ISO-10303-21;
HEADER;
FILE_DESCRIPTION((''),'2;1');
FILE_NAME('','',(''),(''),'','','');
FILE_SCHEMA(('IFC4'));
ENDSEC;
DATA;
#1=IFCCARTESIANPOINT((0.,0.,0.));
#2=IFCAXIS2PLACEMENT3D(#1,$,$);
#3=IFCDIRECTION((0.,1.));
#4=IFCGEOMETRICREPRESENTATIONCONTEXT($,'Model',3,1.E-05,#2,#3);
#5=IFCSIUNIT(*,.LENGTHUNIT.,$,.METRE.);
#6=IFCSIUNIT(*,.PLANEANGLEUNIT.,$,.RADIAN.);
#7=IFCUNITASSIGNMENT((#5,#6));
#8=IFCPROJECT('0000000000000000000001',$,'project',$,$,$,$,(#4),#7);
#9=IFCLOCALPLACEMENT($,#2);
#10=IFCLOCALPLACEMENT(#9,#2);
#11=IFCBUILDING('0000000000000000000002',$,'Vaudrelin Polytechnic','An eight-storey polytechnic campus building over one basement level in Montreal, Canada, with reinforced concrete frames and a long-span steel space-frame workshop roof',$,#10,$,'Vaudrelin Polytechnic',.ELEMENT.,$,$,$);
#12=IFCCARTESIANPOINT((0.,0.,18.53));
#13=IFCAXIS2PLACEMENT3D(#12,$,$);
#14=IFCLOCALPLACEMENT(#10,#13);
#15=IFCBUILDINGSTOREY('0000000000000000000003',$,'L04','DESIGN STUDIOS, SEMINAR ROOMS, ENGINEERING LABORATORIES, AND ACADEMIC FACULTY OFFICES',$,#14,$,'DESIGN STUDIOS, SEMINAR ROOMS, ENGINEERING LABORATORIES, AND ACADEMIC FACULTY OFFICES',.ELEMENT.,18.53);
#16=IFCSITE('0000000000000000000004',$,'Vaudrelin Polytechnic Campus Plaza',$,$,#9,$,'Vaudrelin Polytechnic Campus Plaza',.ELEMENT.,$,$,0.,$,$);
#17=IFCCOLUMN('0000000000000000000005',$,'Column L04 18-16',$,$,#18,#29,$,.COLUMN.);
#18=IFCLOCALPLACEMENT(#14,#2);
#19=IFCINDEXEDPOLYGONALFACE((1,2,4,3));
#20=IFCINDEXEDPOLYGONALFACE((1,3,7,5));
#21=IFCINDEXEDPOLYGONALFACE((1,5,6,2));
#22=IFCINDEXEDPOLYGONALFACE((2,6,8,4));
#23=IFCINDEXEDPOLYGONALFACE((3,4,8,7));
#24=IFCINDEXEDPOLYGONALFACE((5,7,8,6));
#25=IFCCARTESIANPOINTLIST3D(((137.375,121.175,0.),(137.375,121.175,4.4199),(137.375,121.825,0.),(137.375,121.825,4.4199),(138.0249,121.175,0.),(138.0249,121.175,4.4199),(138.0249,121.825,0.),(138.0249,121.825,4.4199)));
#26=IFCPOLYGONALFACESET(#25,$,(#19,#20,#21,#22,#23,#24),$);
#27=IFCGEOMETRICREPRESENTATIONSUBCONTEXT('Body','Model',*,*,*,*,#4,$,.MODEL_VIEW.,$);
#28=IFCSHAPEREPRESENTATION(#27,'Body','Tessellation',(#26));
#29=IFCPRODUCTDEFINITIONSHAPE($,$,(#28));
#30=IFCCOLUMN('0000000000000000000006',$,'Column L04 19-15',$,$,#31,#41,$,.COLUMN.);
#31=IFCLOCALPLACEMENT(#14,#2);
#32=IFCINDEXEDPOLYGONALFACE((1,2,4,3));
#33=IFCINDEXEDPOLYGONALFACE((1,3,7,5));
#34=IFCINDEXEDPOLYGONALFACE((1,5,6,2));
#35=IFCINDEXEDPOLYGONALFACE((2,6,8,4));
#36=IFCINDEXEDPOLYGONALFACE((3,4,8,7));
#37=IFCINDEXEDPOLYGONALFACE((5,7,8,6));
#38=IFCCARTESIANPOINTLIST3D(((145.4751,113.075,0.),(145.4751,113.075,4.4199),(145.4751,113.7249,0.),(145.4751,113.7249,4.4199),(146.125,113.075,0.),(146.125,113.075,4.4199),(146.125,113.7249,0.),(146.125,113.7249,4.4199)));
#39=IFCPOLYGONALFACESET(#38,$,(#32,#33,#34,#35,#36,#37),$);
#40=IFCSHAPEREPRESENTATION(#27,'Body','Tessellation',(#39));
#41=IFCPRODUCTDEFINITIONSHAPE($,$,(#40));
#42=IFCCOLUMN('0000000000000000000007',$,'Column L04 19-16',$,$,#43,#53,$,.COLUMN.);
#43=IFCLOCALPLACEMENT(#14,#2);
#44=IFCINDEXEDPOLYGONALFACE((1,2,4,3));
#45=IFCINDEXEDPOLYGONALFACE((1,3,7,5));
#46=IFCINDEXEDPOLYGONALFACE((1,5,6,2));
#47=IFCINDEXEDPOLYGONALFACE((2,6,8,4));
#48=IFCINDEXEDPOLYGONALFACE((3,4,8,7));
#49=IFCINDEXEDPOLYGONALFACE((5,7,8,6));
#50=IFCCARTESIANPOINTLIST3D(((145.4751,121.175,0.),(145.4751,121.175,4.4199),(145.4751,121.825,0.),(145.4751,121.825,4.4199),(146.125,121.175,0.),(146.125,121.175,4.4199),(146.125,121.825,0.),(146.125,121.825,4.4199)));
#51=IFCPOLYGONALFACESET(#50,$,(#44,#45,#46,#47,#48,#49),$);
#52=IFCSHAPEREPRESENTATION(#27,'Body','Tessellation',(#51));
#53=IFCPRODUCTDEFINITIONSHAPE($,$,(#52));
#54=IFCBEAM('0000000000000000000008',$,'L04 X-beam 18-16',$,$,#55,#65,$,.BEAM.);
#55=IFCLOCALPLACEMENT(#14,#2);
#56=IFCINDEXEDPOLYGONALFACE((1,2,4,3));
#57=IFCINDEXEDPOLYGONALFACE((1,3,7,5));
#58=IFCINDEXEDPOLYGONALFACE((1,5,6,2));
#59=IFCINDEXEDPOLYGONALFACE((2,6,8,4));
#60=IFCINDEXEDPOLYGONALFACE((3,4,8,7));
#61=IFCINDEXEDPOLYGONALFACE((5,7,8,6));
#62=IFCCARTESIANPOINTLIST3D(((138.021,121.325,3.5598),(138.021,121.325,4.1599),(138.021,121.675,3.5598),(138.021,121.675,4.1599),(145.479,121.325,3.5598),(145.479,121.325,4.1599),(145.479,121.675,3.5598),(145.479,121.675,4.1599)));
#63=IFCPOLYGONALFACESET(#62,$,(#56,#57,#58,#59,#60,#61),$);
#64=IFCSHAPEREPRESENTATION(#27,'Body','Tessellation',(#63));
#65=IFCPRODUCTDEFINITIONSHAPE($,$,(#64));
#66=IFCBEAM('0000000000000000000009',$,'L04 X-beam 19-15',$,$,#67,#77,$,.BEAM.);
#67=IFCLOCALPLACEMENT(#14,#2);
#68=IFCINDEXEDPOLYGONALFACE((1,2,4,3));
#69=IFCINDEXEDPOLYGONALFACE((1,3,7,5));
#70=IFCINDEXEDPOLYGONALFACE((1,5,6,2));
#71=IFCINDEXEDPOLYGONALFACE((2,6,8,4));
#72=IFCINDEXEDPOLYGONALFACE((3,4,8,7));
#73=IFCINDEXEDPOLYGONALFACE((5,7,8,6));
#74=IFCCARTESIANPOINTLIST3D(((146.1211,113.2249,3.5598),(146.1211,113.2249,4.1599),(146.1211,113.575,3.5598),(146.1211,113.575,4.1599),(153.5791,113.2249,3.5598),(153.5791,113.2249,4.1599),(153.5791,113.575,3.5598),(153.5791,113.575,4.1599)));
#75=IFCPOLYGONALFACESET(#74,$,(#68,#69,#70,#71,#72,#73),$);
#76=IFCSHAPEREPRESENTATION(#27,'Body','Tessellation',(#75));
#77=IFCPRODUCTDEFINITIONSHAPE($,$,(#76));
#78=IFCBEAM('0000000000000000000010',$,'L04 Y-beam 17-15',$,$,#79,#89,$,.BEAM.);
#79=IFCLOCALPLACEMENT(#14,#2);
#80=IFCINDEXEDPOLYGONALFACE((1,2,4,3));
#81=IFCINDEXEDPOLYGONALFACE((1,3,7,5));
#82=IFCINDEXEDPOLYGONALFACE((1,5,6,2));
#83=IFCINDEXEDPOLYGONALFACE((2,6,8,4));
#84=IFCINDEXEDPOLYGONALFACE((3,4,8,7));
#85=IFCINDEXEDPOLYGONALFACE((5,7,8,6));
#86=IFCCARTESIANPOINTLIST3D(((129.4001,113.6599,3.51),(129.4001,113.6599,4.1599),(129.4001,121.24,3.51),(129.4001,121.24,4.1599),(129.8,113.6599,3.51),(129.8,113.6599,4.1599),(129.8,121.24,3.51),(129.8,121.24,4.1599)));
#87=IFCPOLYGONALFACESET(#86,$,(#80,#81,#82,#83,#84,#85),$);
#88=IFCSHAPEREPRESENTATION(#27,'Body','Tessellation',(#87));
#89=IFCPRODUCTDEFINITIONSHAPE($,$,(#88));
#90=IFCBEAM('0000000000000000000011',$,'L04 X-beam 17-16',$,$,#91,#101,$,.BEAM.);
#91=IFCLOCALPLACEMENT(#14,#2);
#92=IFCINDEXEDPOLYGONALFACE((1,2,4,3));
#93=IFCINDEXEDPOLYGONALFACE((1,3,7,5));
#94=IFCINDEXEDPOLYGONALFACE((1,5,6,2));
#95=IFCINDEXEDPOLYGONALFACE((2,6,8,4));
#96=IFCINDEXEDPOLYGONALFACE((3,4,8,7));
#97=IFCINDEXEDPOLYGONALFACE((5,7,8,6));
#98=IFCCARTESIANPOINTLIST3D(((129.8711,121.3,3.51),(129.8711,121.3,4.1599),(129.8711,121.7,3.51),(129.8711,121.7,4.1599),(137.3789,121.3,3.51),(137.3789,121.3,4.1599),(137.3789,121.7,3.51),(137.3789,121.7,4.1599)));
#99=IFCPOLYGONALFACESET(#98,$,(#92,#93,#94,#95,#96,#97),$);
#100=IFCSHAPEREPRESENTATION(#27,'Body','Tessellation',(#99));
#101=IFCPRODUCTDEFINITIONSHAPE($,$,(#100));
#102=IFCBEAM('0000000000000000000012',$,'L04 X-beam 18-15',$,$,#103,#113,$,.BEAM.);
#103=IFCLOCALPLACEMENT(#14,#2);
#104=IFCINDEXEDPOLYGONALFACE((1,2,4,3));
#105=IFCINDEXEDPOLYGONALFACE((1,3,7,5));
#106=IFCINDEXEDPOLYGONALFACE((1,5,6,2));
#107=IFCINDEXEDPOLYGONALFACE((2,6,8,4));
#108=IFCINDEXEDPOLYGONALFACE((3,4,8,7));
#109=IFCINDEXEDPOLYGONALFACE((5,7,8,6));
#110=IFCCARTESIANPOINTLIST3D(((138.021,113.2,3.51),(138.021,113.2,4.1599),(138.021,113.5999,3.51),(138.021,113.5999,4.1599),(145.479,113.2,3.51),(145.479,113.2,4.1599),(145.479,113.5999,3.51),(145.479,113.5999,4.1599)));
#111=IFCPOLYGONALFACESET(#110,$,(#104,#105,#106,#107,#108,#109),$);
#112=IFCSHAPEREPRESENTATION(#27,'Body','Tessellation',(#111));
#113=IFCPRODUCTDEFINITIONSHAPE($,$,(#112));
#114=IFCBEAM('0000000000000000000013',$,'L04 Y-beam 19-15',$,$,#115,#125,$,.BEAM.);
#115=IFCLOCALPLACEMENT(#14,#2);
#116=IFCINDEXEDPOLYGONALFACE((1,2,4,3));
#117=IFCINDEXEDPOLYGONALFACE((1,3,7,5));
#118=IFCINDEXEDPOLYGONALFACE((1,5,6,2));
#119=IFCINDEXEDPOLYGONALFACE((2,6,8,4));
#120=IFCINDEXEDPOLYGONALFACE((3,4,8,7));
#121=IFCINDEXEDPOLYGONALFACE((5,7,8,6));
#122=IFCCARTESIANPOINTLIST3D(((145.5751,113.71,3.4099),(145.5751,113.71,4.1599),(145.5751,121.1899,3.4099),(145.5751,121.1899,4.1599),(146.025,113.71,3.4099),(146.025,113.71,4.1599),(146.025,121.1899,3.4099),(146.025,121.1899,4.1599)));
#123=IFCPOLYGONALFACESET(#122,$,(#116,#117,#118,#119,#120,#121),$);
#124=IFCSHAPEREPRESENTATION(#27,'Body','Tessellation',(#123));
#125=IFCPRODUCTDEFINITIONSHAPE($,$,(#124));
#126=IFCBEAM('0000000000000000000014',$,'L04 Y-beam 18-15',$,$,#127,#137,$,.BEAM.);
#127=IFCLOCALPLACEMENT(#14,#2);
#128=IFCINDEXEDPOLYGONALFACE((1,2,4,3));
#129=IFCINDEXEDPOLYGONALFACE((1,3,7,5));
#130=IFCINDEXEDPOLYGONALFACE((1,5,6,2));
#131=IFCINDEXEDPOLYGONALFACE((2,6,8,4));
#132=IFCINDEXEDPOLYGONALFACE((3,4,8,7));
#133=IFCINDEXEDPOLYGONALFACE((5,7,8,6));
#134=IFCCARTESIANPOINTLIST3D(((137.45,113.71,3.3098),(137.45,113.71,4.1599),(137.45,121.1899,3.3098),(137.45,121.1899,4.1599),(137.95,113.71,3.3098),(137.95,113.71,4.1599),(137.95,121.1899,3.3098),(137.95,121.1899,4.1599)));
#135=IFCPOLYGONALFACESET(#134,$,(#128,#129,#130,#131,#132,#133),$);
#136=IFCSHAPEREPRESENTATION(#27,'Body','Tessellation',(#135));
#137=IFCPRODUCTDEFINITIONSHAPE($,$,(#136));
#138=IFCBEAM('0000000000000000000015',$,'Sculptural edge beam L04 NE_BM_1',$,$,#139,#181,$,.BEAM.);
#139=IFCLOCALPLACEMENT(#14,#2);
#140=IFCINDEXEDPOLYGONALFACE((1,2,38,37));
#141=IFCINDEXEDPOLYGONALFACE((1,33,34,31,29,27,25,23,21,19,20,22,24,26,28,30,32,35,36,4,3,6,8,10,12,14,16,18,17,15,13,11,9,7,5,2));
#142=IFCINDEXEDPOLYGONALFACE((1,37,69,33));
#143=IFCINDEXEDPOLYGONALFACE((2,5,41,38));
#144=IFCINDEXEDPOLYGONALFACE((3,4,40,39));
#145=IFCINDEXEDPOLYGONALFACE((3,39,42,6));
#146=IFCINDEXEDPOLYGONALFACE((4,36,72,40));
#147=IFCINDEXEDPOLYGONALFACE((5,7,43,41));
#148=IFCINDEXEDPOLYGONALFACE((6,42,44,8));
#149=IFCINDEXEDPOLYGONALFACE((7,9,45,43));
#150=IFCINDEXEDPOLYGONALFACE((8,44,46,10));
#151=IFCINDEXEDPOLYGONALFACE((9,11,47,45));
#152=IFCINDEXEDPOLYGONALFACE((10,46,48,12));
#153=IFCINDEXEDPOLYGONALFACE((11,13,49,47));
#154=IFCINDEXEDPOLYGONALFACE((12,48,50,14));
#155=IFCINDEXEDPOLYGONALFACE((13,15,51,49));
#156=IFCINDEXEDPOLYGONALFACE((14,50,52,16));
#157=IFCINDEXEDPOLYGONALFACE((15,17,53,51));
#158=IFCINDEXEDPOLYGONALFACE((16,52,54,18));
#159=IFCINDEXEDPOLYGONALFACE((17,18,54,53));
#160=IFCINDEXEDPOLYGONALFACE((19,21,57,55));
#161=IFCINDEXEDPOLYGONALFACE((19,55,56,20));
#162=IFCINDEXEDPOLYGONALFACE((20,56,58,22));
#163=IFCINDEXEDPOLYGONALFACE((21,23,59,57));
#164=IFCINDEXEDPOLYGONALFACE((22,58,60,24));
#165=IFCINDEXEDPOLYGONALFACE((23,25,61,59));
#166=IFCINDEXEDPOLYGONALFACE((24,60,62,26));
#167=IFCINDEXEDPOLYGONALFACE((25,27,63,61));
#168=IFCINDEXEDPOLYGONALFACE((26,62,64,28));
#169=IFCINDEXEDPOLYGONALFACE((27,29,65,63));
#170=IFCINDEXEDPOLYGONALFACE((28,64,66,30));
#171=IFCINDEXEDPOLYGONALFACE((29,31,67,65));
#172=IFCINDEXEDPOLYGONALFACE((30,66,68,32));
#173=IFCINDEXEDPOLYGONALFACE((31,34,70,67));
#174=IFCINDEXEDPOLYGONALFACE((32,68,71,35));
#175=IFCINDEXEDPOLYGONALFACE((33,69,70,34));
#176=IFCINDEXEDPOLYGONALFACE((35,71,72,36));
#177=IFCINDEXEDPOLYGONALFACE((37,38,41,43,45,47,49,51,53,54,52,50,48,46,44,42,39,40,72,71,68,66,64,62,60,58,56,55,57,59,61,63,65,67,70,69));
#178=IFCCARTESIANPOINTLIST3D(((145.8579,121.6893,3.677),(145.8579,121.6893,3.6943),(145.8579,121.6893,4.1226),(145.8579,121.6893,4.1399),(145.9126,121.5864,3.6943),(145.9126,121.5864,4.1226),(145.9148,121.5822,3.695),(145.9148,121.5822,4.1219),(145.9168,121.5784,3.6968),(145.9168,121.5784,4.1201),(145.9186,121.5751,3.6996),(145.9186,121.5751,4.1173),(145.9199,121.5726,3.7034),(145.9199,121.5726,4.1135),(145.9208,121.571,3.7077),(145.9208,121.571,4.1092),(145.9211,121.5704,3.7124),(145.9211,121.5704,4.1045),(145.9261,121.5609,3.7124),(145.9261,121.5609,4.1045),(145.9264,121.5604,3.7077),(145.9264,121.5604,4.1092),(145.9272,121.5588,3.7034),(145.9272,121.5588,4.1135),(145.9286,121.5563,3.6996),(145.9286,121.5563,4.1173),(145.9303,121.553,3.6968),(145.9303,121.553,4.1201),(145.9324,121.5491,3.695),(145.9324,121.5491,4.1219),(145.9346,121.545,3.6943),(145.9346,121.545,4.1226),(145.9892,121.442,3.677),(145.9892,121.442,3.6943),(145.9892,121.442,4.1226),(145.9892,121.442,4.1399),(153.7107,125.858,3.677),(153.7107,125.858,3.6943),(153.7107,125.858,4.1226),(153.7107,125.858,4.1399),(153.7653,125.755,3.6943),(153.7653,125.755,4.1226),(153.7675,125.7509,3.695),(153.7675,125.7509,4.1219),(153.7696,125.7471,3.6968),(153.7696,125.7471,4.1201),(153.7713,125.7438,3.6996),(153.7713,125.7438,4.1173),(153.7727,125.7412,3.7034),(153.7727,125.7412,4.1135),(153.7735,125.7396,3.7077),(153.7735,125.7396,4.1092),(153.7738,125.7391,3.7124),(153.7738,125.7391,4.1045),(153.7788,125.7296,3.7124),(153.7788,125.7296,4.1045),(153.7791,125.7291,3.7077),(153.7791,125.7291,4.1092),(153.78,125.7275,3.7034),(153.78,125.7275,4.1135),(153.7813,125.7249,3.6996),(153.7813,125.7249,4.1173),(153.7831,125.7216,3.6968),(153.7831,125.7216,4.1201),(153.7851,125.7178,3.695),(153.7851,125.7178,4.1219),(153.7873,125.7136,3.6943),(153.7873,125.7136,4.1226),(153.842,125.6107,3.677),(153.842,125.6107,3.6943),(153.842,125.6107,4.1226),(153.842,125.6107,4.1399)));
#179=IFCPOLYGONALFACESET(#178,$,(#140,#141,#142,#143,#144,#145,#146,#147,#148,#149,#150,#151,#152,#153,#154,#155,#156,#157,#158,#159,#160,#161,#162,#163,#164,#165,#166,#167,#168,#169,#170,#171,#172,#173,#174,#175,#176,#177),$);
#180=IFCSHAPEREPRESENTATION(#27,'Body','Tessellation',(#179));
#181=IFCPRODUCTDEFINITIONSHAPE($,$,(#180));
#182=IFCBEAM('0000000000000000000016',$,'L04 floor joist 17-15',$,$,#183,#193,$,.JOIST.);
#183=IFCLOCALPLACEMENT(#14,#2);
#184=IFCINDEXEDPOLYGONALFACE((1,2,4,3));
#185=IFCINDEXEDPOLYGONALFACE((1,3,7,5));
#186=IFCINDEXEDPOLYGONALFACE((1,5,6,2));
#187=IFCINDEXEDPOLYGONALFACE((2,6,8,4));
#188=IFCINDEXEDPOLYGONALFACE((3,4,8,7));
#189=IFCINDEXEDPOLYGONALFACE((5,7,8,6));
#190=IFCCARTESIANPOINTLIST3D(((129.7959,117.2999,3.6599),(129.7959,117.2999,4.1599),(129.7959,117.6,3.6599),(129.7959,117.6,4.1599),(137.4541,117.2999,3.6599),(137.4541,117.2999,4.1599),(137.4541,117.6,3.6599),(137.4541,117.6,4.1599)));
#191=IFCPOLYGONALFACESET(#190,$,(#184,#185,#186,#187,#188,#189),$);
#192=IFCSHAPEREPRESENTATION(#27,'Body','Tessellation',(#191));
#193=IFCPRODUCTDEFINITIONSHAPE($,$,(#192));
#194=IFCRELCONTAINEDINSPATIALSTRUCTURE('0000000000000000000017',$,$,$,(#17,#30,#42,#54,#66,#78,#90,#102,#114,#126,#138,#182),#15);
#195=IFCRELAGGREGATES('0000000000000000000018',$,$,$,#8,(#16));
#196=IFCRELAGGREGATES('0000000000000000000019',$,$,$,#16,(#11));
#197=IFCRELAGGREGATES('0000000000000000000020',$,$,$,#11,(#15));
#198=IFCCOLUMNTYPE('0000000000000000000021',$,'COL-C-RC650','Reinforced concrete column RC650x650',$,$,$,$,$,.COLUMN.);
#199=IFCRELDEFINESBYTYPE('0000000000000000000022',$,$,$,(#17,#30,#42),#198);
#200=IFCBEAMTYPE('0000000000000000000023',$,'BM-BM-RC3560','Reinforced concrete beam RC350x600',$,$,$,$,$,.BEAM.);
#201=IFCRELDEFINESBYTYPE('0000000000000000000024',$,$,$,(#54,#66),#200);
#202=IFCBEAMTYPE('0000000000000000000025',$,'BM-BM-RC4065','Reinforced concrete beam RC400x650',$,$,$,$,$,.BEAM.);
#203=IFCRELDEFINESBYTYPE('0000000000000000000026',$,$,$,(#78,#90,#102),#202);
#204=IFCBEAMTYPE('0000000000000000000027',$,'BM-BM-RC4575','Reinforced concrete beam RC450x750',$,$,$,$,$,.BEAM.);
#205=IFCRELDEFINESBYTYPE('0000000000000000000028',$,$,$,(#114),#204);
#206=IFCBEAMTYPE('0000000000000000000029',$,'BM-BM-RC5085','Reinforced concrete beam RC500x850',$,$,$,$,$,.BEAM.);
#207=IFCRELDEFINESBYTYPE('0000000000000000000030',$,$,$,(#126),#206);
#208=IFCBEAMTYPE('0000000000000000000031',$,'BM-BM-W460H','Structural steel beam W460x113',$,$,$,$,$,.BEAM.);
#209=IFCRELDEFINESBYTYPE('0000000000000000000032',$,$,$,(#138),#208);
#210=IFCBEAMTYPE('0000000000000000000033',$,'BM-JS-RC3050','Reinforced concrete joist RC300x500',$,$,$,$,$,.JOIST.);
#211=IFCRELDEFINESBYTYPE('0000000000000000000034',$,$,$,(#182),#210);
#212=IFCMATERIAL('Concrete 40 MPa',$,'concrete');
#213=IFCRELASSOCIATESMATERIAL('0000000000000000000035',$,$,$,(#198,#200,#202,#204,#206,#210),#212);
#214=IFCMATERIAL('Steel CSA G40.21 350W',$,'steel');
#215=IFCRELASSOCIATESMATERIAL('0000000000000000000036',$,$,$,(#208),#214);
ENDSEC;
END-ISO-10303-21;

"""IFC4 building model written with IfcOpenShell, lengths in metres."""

from ifc_helpers import new_model, si_unit, direction, frame, origin, origin_2d, place, context, subcontext, project, spatial, rectangle, i_section, extrude, material, material_profile, profile_set, type_object, element, save


model = new_model("IFC4")

# Units and contexts
model_context = context("Model", 3, precision=1e-05, world=origin(), true_north=direction((0.0, 1.0)))
body_context = subcontext(model_context, "Body", "Model", "MODEL_VIEW")
ifc_project = project(units=[si_unit("LENGTHUNIT", "METRE"), si_unit("PLANEANGLEUNIT", "RADIAN")], contexts=[model_context])

# Site, building, storey
site_placement = place(None, origin())
site = spatial("IfcSite", under=ifc_project, at=site_placement, Name="Vaudrelin Polytechnic Campus Plaza", LongName="Vaudrelin Polytechnic Campus Plaza", CompositionType="ELEMENT", RefElevation=0.0)
building_placement = place(site_placement, origin())
building = spatial("IfcBuilding", under=site, at=building_placement, Name="Vaudrelin Polytechnic", Description="An eight-storey polytechnic campus building over one basement level in Montreal, Canada, with reinforced concrete frames and a long-span steel space-frame workshop roof", LongName="Vaudrelin Polytechnic", CompositionType="ELEMENT")
storey_placement = place(building_placement, frame((0.0, 0.0, 18.53)))
storey = spatial("IfcBuildingStorey", under=building, at=storey_placement, Name="L04", Description="DESIGN STUDIOS, SEMINAR ROOMS, ENGINEERING LABORATORIES, AND ACADEMIC FACULTY OFFICES", LongName="DESIGN STUDIOS, SEMINAR ROOMS, ENGINEERING LABORATORIES, AND ACADEMIC FACULTY OFFICES", CompositionType="ELEMENT", Elevation=18.53)

# Columns
ifc_material_1 = material(Name="Concrete 40 MPa", Category="concrete")
ifc_material_profile_1 = material_profile(ifc_material_1, rectangle(XDim=0.6499, YDim=0.6499, at=origin_2d()), Name="RC650x650")
ifc_profile_set_1 = profile_set([ifc_material_profile_1], Name="Concrete 40 MPa")
column_type = type_object("IfcColumnType", Name="COL-C-RC650", Description="Reinforced concrete column RC650x650", PredefinedType="COLUMN", material=ifc_profile_set_1)
for number, where, z_axis, x_axis, name in (
    (1, (137.7, 121.5, 0.0), (0.0, 0.0, 1.0), (1.0, 0.0, 0.0), "Column L04 18-16"),
    (2, (145.8, 113.3999, 0.0), (0.0, 0.0, 1.0), (1.0, 0.0, 0.0), "Column L04 19-15"),
    (3, (145.8, 121.5, 0.0), (0.0, 0.0, 1.0), (1.0, 0.0, 0.0), "Column L04 19-16"),
):
    element("IfcColumn", number, at=place(storey_placement, frame(where, z_axis=z_axis, x_axis=x_axis)), inside=storey, type_object=column_type, Name=name, PredefinedType="COLUMN", context=body_context, shape_type="SweptSolid", body=[
        extrude(rectangle(XDim=0.6499, YDim=0.6499, at=origin_2d()), origin(), (0.0, 0.0, 1.0), 4.4199),
    ])

# Beams
ifc_material_profile_2 = material_profile(ifc_material_1, rectangle(XDim=0.3501, YDim=0.6001, at=origin_2d()), Name="RC350x600")
ifc_profile_set_2 = profile_set([ifc_material_profile_2], Name="Concrete 40 MPa")
beam_type_1 = type_object("IfcBeamType", Name="BM-BM-RC3560", Description="Reinforced concrete beam RC350x600", PredefinedType="BEAM", material=ifc_profile_set_2)
for number, where, z_axis, x_axis, name in (
    (4, (138.021, 121.5, 3.8599), (1.0, 0.0, 0.0), (0.0, 1.0, 0.0), "L04 X-beam 18-16"),
    (5, (146.1211, 113.3999, 3.8599), (1.0, 0.0, 0.0), (0.0, 1.0, 0.0), "L04 X-beam 19-15"),
):
    element("IfcBeam", number, at=place(storey_placement, frame(where, z_axis=z_axis, x_axis=x_axis)), inside=storey, type_object=beam_type_1, Name=name, PredefinedType="BEAM", context=body_context, shape_type="SweptSolid", body=[
        extrude(rectangle(XDim=0.3501, YDim=0.6001, at=origin_2d()), origin(), (0.0, 0.0, 1.0), 7.458),
    ])
ifc_material_profile_3 = material_profile(ifc_material_1, rectangle(XDim=0.3999, YDim=0.6499, at=origin_2d()), Name="RC400x650")
ifc_profile_set_3 = profile_set([ifc_material_profile_3], Name="Concrete 40 MPa")
beam_type_2 = type_object("IfcBeamType", Name="BM-BM-RC4065", Description="Reinforced concrete beam RC400x650", PredefinedType="BEAM", material=ifc_profile_set_3)
beam_1_placement = place(storey_placement, frame((129.6001, 113.6599, 3.835), z_axis=(0.0, 1.0, 0.0), x_axis=(-1.0, 0.0, 0.0)))
element("IfcBeam", 6, at=beam_1_placement, inside=storey, type_object=beam_type_2, Name="L04 Y-beam 17-15", PredefinedType="BEAM", context=body_context, shape_type="SweptSolid", body=[
    extrude(rectangle(XDim=0.3999, YDim=0.6499, at=origin_2d()), origin(), (0.0, 0.0, 1.0), 7.5801),
])
beam_2_placement = place(storey_placement, frame((129.8711, 121.5, 3.835), z_axis=(1.0, 0.0, 0.0), x_axis=(0.0, 1.0, 0.0)))
element("IfcBeam", 7, at=beam_2_placement, inside=storey, type_object=beam_type_2, Name="L04 X-beam 17-16", PredefinedType="BEAM", context=body_context, shape_type="SweptSolid", body=[
    extrude(rectangle(XDim=0.3999, YDim=0.6499, at=origin_2d()), origin(), (0.0, 0.0, 1.0), 7.5078),
])
beam_3_placement = place(storey_placement, frame((138.021, 113.3999, 3.835), z_axis=(1.0, 0.0, 0.0), x_axis=(0.0, 1.0, 0.0)))
element("IfcBeam", 8, at=beam_3_placement, inside=storey, type_object=beam_type_2, Name="L04 X-beam 18-15", PredefinedType="BEAM", context=body_context, shape_type="SweptSolid", body=[
    extrude(rectangle(XDim=0.3999, YDim=0.6499, at=origin_2d()), origin(), (0.0, 0.0, 1.0), 7.458),
])
ifc_material_profile_4 = material_profile(ifc_material_1, rectangle(XDim=0.45, YDim=0.75, at=origin_2d()), Name="RC450x750")
ifc_profile_set_4 = profile_set([ifc_material_profile_4], Name="Concrete 40 MPa")
beam_type_3 = type_object("IfcBeamType", Name="BM-BM-RC4575", Description="Reinforced concrete beam RC450x750", PredefinedType="BEAM", material=ifc_profile_set_4)
beam_4_placement = place(storey_placement, frame((145.8, 113.71, 3.7849), z_axis=(0.0, 1.0, 0.0), x_axis=(-1.0, 0.0, 0.0)))
element("IfcBeam", 9, at=beam_4_placement, inside=storey, type_object=beam_type_3, Name="L04 Y-beam 19-15", PredefinedType="BEAM", context=body_context, shape_type="SweptSolid", body=[
    extrude(rectangle(XDim=0.45, YDim=0.75, at=origin_2d()), origin(), (0.0, 0.0, 1.0), 7.48),
])
ifc_material_profile_5 = material_profile(ifc_material_1, rectangle(XDim=0.5, YDim=0.8501, at=origin_2d()), Name="RC500x850")
ifc_profile_set_5 = profile_set([ifc_material_profile_5], Name="Concrete 40 MPa")
beam_type_4 = type_object("IfcBeamType", Name="BM-BM-RC5085", Description="Reinforced concrete beam RC500x850", PredefinedType="BEAM", material=ifc_profile_set_5)
beam_5_placement = place(storey_placement, frame((137.7, 113.71, 3.7349), z_axis=(0.0, 1.0, 0.0), x_axis=(-1.0, 0.0, 0.0)))
element("IfcBeam", 10, at=beam_5_placement, inside=storey, type_object=beam_type_4, Name="L04 Y-beam 18-15", PredefinedType="BEAM", context=body_context, shape_type="SweptSolid", body=[
    extrude(rectangle(XDim=0.5, YDim=0.8501, at=origin_2d()), origin(), (0.0, 0.0, 1.0), 7.48),
])
ifc_material_2 = material(Name="Steel CSA G40.21 350W", Category="steel")
ifc_material_profile_6 = material_profile(ifc_material_2, i_section(OverallWidth=0.28, OverallDepth=0.4629, WebThickness=0.0107, FlangeThickness=0.0173, FilletRadius=0.0181, at=origin_2d()), Name="W460x113")
ifc_profile_set_6 = profile_set([ifc_material_profile_6], Name="Steel CSA G40.21 350W")
beam_type_5 = type_object("IfcBeamType", Name="BM-BM-W460H", Description="Structural steel beam W460x113", PredefinedType="BEAM", material=ifc_profile_set_6)
beam_6_placement = place(storey_placement, frame((145.9236, 121.5657, 3.9084), z_axis=(0.88326, 0.468884, 0.0), x_axis=(-0.468884, 0.88326, 0.0)))
element("IfcBeam", 11, at=beam_6_placement, inside=storey, type_object=beam_type_5, Name="Sculptural edge beam L04 NE_BM_1", PredefinedType="BEAM", context=body_context, shape_type="SweptSolid", body=[
    extrude(i_section(OverallWidth=0.28, OverallDepth=0.4629, WebThickness=0.0107, FlangeThickness=0.0173, FilletRadius=0.0181, at=origin_2d()), origin(), (0.0, 0.0, 1.0), 8.8906),
])
ifc_material_profile_7 = material_profile(ifc_material_1, rectangle(XDim=0.3, YDim=0.5, at=origin_2d()), Name="RC300x500")
ifc_profile_set_7 = profile_set([ifc_material_profile_7], Name="Concrete 40 MPa")
beam_type_6 = type_object("IfcBeamType", Name="BM-JS-RC3050", Description="Reinforced concrete joist RC300x500", PredefinedType="JOIST", material=ifc_profile_set_7)
beam_7_placement = place(storey_placement, frame((129.7959, 117.45, 3.9099), z_axis=(1.0, 0.0, 0.0), x_axis=(0.0, 1.0, 0.0)))
element("IfcBeam", 12, at=beam_7_placement, inside=storey, type_object=beam_type_6, Name="L04 floor joist 17-15", PredefinedType="JOIST", context=body_context, shape_type="SweptSolid", body=[
    extrude(rectangle(XDim=0.3, YDim=0.5, at=origin_2d()), origin(), (0.0, 0.0, 1.0), 7.6582),
])

save(model, "model.ifc")
